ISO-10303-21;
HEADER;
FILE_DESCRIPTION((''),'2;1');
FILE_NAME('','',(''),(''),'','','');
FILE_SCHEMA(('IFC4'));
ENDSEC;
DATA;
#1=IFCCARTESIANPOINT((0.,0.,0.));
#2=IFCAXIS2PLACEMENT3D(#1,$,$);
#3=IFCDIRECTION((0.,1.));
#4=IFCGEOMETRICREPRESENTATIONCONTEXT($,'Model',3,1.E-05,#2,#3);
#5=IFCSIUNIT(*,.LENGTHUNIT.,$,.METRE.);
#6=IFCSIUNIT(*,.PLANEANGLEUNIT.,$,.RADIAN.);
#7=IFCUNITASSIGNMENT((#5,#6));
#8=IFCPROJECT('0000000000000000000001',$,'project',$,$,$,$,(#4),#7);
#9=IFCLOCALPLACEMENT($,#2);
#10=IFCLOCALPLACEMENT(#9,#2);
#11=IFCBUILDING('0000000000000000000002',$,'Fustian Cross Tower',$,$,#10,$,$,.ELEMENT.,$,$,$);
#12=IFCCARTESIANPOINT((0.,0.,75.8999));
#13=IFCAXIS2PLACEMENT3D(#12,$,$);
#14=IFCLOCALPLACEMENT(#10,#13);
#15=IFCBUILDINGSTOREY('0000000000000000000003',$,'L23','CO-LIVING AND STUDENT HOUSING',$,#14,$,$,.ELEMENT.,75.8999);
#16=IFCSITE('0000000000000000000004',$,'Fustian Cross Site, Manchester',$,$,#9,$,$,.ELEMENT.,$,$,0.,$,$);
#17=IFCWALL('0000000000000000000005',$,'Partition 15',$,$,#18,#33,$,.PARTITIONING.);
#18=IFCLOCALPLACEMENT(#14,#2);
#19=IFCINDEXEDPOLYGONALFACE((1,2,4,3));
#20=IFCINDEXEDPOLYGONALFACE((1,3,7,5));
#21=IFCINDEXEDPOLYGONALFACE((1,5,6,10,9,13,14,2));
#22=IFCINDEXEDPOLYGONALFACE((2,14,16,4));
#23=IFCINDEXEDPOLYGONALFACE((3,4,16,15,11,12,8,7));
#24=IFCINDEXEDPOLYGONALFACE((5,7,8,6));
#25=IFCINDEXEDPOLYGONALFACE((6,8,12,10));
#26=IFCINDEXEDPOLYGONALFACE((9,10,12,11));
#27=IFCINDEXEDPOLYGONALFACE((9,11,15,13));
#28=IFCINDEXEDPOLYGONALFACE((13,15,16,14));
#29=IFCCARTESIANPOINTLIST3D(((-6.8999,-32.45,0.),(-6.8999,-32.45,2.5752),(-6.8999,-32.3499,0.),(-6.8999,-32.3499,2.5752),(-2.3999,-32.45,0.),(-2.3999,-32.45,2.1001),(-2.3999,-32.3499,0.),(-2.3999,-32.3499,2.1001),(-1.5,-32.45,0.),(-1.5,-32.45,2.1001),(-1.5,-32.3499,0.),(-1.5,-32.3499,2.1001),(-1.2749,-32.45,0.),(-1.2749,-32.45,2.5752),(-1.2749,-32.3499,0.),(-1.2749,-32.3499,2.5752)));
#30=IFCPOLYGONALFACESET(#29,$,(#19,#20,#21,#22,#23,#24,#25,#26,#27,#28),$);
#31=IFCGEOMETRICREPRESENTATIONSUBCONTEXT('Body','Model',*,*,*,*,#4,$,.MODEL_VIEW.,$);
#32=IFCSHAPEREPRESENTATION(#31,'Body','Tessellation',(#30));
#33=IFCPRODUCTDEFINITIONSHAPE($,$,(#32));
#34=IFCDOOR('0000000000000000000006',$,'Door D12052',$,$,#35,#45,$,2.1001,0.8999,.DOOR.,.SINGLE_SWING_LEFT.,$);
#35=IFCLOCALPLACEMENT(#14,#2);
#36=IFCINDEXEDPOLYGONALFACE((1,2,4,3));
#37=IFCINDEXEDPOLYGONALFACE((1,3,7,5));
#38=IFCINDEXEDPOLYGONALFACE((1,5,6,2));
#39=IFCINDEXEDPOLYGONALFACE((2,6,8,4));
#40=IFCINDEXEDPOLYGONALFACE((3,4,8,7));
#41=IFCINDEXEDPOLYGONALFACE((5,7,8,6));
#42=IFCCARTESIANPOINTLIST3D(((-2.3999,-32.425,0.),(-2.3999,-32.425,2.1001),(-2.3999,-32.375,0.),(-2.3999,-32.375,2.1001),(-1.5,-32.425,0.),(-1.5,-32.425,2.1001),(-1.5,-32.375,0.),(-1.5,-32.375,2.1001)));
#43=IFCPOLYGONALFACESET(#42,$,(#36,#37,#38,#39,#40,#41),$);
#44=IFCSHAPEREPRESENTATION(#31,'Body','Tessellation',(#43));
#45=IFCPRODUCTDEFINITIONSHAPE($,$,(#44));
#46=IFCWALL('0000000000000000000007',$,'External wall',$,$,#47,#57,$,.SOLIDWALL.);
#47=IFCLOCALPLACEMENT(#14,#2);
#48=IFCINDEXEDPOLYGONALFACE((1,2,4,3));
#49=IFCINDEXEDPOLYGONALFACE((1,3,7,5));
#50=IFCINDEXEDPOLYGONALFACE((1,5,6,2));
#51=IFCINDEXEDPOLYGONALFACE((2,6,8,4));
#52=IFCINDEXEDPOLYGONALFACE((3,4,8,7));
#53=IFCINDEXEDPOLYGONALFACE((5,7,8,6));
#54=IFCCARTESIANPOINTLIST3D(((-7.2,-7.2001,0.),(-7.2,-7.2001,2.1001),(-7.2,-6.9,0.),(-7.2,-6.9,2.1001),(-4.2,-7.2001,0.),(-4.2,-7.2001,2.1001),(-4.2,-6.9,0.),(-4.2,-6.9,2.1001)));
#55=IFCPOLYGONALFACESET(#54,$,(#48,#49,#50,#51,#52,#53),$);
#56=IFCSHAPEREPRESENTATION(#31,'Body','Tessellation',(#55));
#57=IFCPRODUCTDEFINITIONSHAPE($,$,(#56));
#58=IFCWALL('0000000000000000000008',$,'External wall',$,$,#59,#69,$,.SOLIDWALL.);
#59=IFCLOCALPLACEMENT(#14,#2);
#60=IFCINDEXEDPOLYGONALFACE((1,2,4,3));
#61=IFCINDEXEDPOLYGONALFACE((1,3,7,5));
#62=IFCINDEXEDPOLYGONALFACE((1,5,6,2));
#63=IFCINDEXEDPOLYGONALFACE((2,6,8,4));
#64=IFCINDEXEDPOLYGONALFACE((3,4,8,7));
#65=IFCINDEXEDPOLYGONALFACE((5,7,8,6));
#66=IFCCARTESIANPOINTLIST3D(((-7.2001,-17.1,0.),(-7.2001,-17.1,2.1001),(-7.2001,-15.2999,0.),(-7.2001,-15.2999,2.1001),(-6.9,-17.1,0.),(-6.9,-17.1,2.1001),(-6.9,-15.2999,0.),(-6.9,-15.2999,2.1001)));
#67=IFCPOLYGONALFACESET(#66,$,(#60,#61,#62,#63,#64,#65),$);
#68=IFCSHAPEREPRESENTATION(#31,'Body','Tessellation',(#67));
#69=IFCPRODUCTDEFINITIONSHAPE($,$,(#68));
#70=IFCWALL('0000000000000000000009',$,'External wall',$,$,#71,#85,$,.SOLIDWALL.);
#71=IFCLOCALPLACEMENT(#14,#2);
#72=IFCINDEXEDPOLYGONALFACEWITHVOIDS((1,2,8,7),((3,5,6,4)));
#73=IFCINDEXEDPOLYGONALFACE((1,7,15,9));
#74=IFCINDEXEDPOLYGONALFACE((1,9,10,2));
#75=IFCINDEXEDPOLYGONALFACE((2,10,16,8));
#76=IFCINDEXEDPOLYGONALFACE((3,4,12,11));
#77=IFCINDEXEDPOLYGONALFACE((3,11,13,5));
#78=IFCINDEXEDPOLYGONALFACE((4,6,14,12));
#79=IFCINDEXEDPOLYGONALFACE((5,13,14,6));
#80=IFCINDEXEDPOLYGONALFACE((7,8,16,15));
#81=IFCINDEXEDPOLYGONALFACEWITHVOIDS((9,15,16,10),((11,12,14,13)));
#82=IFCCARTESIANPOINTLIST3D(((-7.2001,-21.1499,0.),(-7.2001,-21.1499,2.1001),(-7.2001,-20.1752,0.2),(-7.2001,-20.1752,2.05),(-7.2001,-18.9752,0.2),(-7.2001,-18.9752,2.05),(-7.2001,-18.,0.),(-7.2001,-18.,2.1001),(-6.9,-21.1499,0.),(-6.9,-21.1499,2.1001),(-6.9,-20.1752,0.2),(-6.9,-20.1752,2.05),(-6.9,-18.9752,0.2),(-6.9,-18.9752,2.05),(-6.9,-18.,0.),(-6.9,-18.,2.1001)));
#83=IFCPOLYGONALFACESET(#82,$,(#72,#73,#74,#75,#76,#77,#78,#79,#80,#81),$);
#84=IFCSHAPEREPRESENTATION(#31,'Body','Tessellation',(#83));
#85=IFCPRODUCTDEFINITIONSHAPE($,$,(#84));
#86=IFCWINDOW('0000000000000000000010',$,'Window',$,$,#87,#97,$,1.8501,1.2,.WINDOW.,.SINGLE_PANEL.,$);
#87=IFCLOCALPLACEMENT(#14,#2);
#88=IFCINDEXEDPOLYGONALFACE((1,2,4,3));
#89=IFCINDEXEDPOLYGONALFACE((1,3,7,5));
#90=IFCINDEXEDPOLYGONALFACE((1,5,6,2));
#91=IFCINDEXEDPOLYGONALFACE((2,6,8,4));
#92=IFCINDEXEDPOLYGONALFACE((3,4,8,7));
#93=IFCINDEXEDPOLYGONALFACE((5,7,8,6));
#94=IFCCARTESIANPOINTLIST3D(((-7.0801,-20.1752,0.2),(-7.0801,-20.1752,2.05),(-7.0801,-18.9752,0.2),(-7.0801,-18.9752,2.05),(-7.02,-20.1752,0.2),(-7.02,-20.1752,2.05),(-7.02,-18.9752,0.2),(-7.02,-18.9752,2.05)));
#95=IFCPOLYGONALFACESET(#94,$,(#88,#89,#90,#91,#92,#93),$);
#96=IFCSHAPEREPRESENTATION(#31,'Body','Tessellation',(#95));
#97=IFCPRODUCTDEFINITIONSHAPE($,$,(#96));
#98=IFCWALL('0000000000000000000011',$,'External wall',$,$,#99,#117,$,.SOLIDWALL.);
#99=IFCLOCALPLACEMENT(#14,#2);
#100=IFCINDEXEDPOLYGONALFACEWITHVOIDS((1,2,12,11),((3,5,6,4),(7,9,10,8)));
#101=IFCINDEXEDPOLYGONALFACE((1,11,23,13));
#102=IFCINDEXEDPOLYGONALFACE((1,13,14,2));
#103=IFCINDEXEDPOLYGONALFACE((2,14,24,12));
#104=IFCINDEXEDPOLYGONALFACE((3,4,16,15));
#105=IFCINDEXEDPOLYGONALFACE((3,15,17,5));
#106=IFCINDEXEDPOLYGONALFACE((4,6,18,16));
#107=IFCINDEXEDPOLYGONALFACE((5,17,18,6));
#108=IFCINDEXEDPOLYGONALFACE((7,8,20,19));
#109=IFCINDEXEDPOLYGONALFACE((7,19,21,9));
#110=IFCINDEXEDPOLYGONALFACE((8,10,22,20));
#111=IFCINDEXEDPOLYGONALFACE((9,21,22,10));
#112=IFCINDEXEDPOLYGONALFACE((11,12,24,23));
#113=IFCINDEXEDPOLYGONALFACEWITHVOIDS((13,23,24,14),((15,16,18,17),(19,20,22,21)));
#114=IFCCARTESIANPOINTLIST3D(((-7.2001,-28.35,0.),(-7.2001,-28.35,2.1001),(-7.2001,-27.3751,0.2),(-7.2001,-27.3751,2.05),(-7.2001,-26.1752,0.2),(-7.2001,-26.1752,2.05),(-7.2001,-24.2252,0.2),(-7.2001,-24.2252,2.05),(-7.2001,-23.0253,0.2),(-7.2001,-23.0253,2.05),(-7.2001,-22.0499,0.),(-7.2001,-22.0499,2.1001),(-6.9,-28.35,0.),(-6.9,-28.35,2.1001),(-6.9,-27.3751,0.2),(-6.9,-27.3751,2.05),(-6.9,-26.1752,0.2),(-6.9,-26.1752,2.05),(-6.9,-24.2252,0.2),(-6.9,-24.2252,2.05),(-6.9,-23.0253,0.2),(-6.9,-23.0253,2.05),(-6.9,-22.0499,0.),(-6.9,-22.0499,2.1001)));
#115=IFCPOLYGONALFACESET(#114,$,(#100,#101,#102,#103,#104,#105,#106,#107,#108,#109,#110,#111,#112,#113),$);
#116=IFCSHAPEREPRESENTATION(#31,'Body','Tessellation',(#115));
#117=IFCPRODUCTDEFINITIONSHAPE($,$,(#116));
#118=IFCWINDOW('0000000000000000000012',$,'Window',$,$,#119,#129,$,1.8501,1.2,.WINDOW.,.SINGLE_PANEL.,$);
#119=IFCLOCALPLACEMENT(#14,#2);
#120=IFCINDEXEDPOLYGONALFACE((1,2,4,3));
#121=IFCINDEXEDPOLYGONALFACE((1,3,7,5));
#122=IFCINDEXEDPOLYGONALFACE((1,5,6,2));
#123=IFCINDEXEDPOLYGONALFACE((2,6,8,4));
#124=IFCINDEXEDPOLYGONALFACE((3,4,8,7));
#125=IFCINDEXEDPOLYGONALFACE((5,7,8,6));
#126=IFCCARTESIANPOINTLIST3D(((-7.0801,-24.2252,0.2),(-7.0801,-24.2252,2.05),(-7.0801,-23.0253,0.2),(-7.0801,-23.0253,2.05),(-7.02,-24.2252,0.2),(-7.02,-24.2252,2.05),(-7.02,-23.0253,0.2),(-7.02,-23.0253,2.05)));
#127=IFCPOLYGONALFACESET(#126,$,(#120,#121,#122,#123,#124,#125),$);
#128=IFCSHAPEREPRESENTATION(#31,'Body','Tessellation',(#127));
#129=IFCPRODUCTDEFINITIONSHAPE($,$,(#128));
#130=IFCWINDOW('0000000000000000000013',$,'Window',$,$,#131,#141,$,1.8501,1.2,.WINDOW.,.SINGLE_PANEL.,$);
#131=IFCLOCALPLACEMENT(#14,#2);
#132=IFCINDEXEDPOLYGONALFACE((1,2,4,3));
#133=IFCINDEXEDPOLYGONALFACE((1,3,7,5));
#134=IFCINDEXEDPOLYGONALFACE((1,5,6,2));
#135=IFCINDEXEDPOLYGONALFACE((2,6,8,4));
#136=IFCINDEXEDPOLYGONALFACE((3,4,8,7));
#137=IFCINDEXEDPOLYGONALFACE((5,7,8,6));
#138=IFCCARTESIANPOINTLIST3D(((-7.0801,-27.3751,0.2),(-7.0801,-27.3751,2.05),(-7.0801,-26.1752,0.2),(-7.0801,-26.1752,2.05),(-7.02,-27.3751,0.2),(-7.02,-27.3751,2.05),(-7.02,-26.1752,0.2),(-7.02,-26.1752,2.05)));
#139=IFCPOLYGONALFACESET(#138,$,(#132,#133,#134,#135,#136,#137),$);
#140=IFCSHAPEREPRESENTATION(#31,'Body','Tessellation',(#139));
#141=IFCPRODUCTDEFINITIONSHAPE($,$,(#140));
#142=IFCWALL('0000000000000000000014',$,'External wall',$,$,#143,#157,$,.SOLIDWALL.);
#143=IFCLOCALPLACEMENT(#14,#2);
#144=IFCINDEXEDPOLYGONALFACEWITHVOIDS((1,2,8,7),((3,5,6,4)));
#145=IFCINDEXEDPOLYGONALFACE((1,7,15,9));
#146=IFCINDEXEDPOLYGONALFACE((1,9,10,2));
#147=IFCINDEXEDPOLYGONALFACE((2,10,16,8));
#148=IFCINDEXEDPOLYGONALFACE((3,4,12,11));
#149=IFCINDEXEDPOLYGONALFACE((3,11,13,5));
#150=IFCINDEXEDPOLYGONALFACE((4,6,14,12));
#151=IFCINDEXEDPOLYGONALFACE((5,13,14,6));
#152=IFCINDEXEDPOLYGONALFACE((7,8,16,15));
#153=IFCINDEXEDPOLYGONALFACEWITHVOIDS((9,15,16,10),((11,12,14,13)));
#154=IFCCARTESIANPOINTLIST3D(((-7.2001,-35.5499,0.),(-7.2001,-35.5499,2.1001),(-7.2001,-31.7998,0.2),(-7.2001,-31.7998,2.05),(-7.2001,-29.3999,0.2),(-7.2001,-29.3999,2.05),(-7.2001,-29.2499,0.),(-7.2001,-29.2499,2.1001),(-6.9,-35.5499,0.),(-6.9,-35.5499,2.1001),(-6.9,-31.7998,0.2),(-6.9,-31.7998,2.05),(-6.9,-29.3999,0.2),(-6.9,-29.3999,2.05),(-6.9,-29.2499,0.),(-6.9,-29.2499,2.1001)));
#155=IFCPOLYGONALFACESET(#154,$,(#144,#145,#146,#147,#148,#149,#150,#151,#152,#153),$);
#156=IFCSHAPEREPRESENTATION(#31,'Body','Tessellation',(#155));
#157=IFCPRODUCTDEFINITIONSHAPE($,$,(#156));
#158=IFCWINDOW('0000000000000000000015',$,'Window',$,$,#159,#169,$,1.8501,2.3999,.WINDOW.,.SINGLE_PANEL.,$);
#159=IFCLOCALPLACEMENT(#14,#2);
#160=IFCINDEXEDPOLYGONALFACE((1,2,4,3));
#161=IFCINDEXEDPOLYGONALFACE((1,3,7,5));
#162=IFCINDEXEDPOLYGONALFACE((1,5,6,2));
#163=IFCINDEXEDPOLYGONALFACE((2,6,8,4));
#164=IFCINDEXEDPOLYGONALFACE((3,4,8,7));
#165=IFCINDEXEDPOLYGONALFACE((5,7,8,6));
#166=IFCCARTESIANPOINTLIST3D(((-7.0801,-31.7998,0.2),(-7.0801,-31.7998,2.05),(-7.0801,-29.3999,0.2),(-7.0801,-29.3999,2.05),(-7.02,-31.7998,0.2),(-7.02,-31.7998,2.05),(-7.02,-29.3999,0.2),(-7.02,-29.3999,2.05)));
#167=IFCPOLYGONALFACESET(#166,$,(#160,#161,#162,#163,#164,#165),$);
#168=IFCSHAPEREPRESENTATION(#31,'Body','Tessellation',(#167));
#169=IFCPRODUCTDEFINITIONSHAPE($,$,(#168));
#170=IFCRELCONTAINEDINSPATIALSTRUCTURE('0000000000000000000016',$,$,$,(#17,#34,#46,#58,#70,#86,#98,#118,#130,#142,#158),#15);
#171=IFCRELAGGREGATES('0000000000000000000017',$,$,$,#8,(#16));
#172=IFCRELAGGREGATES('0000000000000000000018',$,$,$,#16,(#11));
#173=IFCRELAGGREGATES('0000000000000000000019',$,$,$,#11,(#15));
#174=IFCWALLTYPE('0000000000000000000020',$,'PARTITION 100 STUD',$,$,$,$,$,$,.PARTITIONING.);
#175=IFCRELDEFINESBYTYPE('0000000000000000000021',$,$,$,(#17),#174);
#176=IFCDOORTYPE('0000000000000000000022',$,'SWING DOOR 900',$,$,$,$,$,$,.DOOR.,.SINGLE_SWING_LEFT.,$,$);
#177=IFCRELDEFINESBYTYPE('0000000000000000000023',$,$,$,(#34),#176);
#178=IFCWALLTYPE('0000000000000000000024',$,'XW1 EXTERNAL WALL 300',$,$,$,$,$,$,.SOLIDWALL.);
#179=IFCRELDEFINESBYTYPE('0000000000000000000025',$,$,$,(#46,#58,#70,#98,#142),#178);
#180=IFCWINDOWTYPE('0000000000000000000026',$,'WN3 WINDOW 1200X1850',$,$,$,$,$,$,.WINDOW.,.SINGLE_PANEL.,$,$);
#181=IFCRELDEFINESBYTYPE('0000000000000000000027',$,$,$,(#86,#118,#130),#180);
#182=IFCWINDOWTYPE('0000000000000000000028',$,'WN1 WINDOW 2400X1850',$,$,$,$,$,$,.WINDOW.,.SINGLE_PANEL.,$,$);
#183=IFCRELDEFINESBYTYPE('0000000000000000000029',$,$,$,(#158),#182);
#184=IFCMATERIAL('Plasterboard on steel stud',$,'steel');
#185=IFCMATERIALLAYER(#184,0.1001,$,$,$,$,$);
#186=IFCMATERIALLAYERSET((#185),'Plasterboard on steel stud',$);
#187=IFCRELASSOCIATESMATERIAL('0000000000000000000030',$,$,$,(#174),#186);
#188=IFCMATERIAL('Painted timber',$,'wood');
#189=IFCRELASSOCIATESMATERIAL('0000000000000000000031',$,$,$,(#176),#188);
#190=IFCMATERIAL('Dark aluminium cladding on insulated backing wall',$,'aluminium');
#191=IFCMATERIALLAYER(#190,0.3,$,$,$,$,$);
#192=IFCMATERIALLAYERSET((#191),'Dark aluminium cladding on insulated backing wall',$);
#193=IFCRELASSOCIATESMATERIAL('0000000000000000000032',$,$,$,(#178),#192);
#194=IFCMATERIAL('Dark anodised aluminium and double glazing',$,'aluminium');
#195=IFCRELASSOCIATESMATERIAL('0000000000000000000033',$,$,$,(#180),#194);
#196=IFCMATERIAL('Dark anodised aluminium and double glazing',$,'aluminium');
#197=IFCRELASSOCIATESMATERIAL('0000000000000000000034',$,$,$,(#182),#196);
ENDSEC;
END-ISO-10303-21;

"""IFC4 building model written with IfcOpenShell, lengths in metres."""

from ifc_helpers import new_model, si_unit, direction, frame, frame_2d, origin, place, context, subcontext, project, spatial, rectangle, extrude, material, layer, layer_set, type_object, element, fill, save


model = new_model("IFC4")

# Units and contexts
model_context = context("Model", 3, precision=1e-05, world=origin(), true_north=direction((0.0, 1.0)))
body_context = subcontext(model_context, "Body", "Model", "MODEL_VIEW")
ifc_project = project(units=[si_unit("LENGTHUNIT", "METRE"), si_unit("PLANEANGLEUNIT", "RADIAN")], contexts=[model_context])

# Site, building, storey
site_placement = place(None, origin())
site = spatial("IfcSite", under=ifc_project, at=site_placement, Name="Fustian Cross Site, Manchester", CompositionType="ELEMENT", RefElevation=0.0)
building_placement = place(site_placement, origin())
building = spatial("IfcBuilding", under=site, at=building_placement, Name="Fustian Cross Tower", CompositionType="ELEMENT")
storey_placement = place(building_placement, frame((0.0, 0.0, 75.8999)))
storey = spatial("IfcBuildingStorey", under=building, at=storey_placement, Name="L23", Description="CO-LIVING AND STUDENT HOUSING", CompositionType="ELEMENT", Elevation=75.8999)

# Shared definitions
ifc_material_1 = material(Name="Plasterboard on steel stud", Category="steel")
ifc_layer_1 = layer(ifc_material_1, 0.1001)
ifc_layer_set_1 = layer_set([ifc_layer_1], Name="Plasterboard on steel stud")
wall_type_1 = type_object("IfcWallType", Name="PARTITION 100 STUD", PredefinedType="PARTITIONING", material=ifc_layer_set_1)

# Wall, opening, door
wall_1_placement = place(storey_placement, frame((-6.8999, -32.3999, 0.0), z_axis=(0.0, 0.0, 1.0), x_axis=(1.0, 0.0, 0.0)))
wall_1 = element("IfcWall", 1, at=wall_1_placement, inside=storey, type_object=wall_type_1, Name="Partition 15", PredefinedType="PARTITIONING", context=body_context, shape_type="SweptSolid", body=[
    extrude(rectangle(XDim=5.625, YDim=0.1001, at=frame_2d((2.8125, 0.0))), origin(), (0.0, 0.0, 1.0), 2.5752),
])
opening_1_placement = place(wall_1_placement, frame((4.5, 0.0, 0.0)))
opening_1 = element("IfcOpeningElement", 2, at=opening_1_placement, cuts=wall_1, PredefinedType="OPENING", context=body_context, shape_type="SweptSolid", body=[
    extrude(rectangle(XDim=0.8999, YDim=2.1001, at=frame_2d((0.45, 1.05))), frame((0.0, 0.0601, 0.0), z_axis=(0.0, -1.0, 0.0), x_axis=(1.0, 0.0, 0.0)), (0.0, 0.0, 1.0), 0.1201),
])
ifc_material_2 = material(Name="Painted timber", Category="wood")
door_type_1 = type_object("IfcDoorType", Name="SWING DOOR 900", OperationType="SINGLE_SWING_LEFT", PredefinedType="DOOR", material=ifc_material_2)
door_1_placement = place(opening_1_placement, origin())
door_1 = element("IfcDoor", 3, at=door_1_placement, inside=storey, type_object=door_type_1, Name="Door D12052", OperationType="SINGLE_SWING_LEFT", OverallHeight=2.1001, OverallWidth=0.8999, PredefinedType="DOOR", context=body_context, shape_type="SweptSolid", body=[
    extrude(rectangle(XDim=0.8999, YDim=2.1001, at=frame_2d((0.45, 1.05))), frame((0.0, 0.0249, 0.0), z_axis=(0.0, -1.0, 0.0), x_axis=(1.0, 0.0, 0.0)), (0.0, 0.0, 1.0), 0.05),
])
fill(opening_1, door_1)

# Walls
ifc_material_3 = material(Name="Dark aluminium cladding on insulated backing wall", Category="aluminium")
ifc_layer_2 = layer(ifc_material_3, 0.3)
ifc_layer_set_2 = layer_set([ifc_layer_2], Name="Dark aluminium cladding on insulated backing wall")
wall_type_2 = type_object("IfcWallType", Name="XW1 EXTERNAL WALL 300", PredefinedType="SOLIDWALL", material=ifc_layer_set_2)
wall_2_placement = place(storey_placement, frame((-7.2, -7.05, 0.0), z_axis=(0.0, 0.0, 1.0), x_axis=(1.0, 0.0, 0.0)))
element("IfcWall", 4, at=wall_2_placement, inside=storey, type_object=wall_type_2, Name="External wall", PredefinedType="SOLIDWALL", context=body_context, shape_type="SweptSolid", body=[
    extrude(rectangle(XDim=3.0, YDim=0.3, at=frame_2d((1.5, 0.0))), origin(), (0.0, 0.0, 1.0), 2.1001),
])
wall_3_placement = place(storey_placement, frame((-7.05, -15.3, 0.0), z_axis=(0.0, 0.0, 1.0), x_axis=(0.0, -1.0, 0.0)))
element("IfcWall", 5, at=wall_3_placement, inside=storey, type_object=wall_type_2, Name="External wall", PredefinedType="SOLIDWALL", context=body_context, shape_type="SweptSolid", body=[
    extrude(rectangle(XDim=1.8, YDim=0.3, at=frame_2d((0.8999, 0.0))), origin(), (0.0, 0.0, 1.0), 2.1001),
])

# Wall, opening, window
wall_4_placement = place(storey_placement, frame((-7.05, -18.0, 0.0), z_axis=(0.0, 0.0, 1.0), x_axis=(0.0, -1.0, 0.0)))
wall_4 = element("IfcWall", 6, at=wall_4_placement, inside=storey, type_object=wall_type_2, Name="External wall", PredefinedType="SOLIDWALL", context=body_context, shape_type="SweptSolid", body=[
    extrude(rectangle(XDim=3.1499, YDim=0.3, at=frame_2d((1.575, 0.0))), origin(), (0.0, 0.0, 1.0), 2.1001),
])
opening_2_placement = place(wall_4_placement, frame((0.9751, 0.0, 0.2)))
opening_2 = element("IfcOpeningElement", 7, at=opening_2_placement, cuts=wall_4, PredefinedType="OPENING", context=body_context, shape_type="SweptSolid", body=[
    extrude(rectangle(XDim=1.2, YDim=1.8501, at=frame_2d((0.6001, 0.925))), frame((0.0, 0.1599, 0.0), z_axis=(0.0, -1.0, 0.0), x_axis=(1.0, 0.0, 0.0)), (0.0, 0.0, 1.0), 0.3201),
])
ifc_material_4 = material(Name="Dark anodised aluminium and double glazing", Category="aluminium")
window_type_1 = type_object("IfcWindowType", Name="WN3 WINDOW 1200X1850", PartitioningType="SINGLE_PANEL", PredefinedType="WINDOW", material=ifc_material_4)
window_1_placement = place(opening_2_placement, origin())
window_1 = element("IfcWindow", 8, at=window_1_placement, inside=storey, type_object=window_type_1, Name="Window", OverallHeight=1.8501, OverallWidth=1.2, PartitioningType="SINGLE_PANEL", PredefinedType="WINDOW", context=body_context, shape_type="SweptSolid", body=[
    extrude(rectangle(XDim=1.2, YDim=1.8501, at=frame_2d((0.6001, 0.925))), frame((0.0, 0.03, 0.0), z_axis=(0.0, -1.0, 0.0), x_axis=(1.0, 0.0, 0.0)), (0.0, 0.0, 1.0), 0.0601),
])
fill(opening_2, window_1)

# Wall, openings, windows
wall_5_placement = place(storey_placement, frame((-7.05, -22.05, 0.0), z_axis=(0.0, 0.0, 1.0), x_axis=(0.0, -1.0, 0.0)))
wall_5 = element("IfcWall", 9, at=wall_5_placement, inside=storey, type_object=wall_type_2, Name="External wall", PredefinedType="SOLIDWALL", context=body_context, shape_type="SweptSolid", body=[
    extrude(rectangle(XDim=6.3, YDim=0.3, at=frame_2d((3.1499, 0.0))), origin(), (0.0, 0.0, 1.0), 2.1001),
])
opening_3_placement = place(wall_5_placement, frame((0.9751, 0.0, 0.2)))
opening_3 = element("IfcOpeningElement", 10, at=opening_3_placement, cuts=wall_5, PredefinedType="OPENING", context=body_context, shape_type="SweptSolid", body=[
    extrude(rectangle(XDim=1.2, YDim=1.8501, at=frame_2d((0.6001, 0.925))), frame((0.0, 0.1599, 0.0), z_axis=(0.0, -1.0, 0.0), x_axis=(1.0, 0.0, 0.0)), (0.0, 0.0, 1.0), 0.3201),
])
opening_4_placement = place(wall_5_placement, frame((4.125, 0.0, 0.2)))
opening_4 = element("IfcOpeningElement", 11, at=opening_4_placement, cuts=wall_5, PredefinedType="OPENING", context=body_context, shape_type="SweptSolid", body=[
    extrude(rectangle(XDim=1.2, YDim=1.8501, at=frame_2d((0.6001, 0.925))), frame((0.0, 0.1599, 0.0), z_axis=(0.0, -1.0, 0.0), x_axis=(1.0, 0.0, 0.0)), (0.0, 0.0, 1.0), 0.3201),
])
window_2_placement = place(opening_3_placement, origin())
window_2 = element("IfcWindow", 12, at=window_2_placement, inside=storey, type_object=window_type_1, Name="Window", OverallHeight=1.8501, OverallWidth=1.2, PartitioningType="SINGLE_PANEL", PredefinedType="WINDOW", context=body_context, shape_type="SweptSolid", body=[
    extrude(rectangle(XDim=1.2, YDim=1.8501, at=frame_2d((0.6001, 0.925))), frame((0.0, 0.03, 0.0), z_axis=(0.0, -1.0, 0.0), x_axis=(1.0, 0.0, 0.0)), (0.0, 0.0, 1.0), 0.0601),
])
fill(opening_3, window_2)
window_3_placement = place(opening_4_placement, origin())
window_3 = element("IfcWindow", 13, at=window_3_placement, inside=storey, type_object=window_type_1, Name="Window", OverallHeight=1.8501, OverallWidth=1.2, PartitioningType="SINGLE_PANEL", PredefinedType="WINDOW", context=body_context, shape_type="SweptSolid", body=[
    extrude(rectangle(XDim=1.2, YDim=1.8501, at=frame_2d((0.6001, 0.925))), frame((0.0, 0.03, 0.0), z_axis=(0.0, -1.0, 0.0), x_axis=(1.0, 0.0, 0.0)), (0.0, 0.0, 1.0), 0.0601),
])
fill(opening_4, window_3)

# Wall, opening, window
wall_6_placement = place(storey_placement, frame((-7.05, -29.25, 0.0), z_axis=(0.0, 0.0, 1.0), x_axis=(0.0, -1.0, 0.0)))
wall_6 = element("IfcWall", 14, at=wall_6_placement, inside=storey, type_object=wall_type_2, Name="External wall", PredefinedType="SOLIDWALL", context=body_context, shape_type="SweptSolid", body=[
    extrude(rectangle(XDim=6.3, YDim=0.3, at=frame_2d((3.1499, 0.0))), origin(), (0.0, 0.0, 1.0), 2.1001),
])
opening_5_placement = place(wall_6_placement, frame((0.1499, 0.0, 0.2)))
opening_5 = element("IfcOpeningElement", 15, at=opening_5_placement, cuts=wall_6, PredefinedType="OPENING", context=body_context, shape_type="SweptSolid", body=[
    extrude(rectangle(XDim=2.3999, YDim=1.8501, at=frame_2d((1.2, 0.925))), frame((0.0, 0.1599, 0.0), z_axis=(0.0, -1.0, 0.0), x_axis=(1.0, 0.0, 0.0)), (0.0, 0.0, 1.0), 0.3201),
])
ifc_material_5 = material(Name="Dark anodised aluminium and double glazing", Category="aluminium")
window_type_2 = type_object("IfcWindowType", Name="WN1 WINDOW 2400X1850", PartitioningType="SINGLE_PANEL", PredefinedType="WINDOW", material=ifc_material_5)
window_4_placement = place(opening_5_placement, origin())
window_4 = element("IfcWindow", 16, at=window_4_placement, inside=storey, type_object=window_type_2, Name="Window", OverallHeight=1.8501, OverallWidth=2.3999, PartitioningType="SINGLE_PANEL", PredefinedType="WINDOW", context=body_context, shape_type="SweptSolid", body=[
    extrude(rectangle(XDim=2.3999, YDim=1.8501, at=frame_2d((1.2, 0.925))), frame((0.0, 0.03, 0.0), z_axis=(0.0, -1.0, 0.0), x_axis=(1.0, 0.0, 0.0)), (0.0, 0.0, 1.0), 0.0601),
])
fill(opening_5, window_4)

save(model, "model.ifc")
